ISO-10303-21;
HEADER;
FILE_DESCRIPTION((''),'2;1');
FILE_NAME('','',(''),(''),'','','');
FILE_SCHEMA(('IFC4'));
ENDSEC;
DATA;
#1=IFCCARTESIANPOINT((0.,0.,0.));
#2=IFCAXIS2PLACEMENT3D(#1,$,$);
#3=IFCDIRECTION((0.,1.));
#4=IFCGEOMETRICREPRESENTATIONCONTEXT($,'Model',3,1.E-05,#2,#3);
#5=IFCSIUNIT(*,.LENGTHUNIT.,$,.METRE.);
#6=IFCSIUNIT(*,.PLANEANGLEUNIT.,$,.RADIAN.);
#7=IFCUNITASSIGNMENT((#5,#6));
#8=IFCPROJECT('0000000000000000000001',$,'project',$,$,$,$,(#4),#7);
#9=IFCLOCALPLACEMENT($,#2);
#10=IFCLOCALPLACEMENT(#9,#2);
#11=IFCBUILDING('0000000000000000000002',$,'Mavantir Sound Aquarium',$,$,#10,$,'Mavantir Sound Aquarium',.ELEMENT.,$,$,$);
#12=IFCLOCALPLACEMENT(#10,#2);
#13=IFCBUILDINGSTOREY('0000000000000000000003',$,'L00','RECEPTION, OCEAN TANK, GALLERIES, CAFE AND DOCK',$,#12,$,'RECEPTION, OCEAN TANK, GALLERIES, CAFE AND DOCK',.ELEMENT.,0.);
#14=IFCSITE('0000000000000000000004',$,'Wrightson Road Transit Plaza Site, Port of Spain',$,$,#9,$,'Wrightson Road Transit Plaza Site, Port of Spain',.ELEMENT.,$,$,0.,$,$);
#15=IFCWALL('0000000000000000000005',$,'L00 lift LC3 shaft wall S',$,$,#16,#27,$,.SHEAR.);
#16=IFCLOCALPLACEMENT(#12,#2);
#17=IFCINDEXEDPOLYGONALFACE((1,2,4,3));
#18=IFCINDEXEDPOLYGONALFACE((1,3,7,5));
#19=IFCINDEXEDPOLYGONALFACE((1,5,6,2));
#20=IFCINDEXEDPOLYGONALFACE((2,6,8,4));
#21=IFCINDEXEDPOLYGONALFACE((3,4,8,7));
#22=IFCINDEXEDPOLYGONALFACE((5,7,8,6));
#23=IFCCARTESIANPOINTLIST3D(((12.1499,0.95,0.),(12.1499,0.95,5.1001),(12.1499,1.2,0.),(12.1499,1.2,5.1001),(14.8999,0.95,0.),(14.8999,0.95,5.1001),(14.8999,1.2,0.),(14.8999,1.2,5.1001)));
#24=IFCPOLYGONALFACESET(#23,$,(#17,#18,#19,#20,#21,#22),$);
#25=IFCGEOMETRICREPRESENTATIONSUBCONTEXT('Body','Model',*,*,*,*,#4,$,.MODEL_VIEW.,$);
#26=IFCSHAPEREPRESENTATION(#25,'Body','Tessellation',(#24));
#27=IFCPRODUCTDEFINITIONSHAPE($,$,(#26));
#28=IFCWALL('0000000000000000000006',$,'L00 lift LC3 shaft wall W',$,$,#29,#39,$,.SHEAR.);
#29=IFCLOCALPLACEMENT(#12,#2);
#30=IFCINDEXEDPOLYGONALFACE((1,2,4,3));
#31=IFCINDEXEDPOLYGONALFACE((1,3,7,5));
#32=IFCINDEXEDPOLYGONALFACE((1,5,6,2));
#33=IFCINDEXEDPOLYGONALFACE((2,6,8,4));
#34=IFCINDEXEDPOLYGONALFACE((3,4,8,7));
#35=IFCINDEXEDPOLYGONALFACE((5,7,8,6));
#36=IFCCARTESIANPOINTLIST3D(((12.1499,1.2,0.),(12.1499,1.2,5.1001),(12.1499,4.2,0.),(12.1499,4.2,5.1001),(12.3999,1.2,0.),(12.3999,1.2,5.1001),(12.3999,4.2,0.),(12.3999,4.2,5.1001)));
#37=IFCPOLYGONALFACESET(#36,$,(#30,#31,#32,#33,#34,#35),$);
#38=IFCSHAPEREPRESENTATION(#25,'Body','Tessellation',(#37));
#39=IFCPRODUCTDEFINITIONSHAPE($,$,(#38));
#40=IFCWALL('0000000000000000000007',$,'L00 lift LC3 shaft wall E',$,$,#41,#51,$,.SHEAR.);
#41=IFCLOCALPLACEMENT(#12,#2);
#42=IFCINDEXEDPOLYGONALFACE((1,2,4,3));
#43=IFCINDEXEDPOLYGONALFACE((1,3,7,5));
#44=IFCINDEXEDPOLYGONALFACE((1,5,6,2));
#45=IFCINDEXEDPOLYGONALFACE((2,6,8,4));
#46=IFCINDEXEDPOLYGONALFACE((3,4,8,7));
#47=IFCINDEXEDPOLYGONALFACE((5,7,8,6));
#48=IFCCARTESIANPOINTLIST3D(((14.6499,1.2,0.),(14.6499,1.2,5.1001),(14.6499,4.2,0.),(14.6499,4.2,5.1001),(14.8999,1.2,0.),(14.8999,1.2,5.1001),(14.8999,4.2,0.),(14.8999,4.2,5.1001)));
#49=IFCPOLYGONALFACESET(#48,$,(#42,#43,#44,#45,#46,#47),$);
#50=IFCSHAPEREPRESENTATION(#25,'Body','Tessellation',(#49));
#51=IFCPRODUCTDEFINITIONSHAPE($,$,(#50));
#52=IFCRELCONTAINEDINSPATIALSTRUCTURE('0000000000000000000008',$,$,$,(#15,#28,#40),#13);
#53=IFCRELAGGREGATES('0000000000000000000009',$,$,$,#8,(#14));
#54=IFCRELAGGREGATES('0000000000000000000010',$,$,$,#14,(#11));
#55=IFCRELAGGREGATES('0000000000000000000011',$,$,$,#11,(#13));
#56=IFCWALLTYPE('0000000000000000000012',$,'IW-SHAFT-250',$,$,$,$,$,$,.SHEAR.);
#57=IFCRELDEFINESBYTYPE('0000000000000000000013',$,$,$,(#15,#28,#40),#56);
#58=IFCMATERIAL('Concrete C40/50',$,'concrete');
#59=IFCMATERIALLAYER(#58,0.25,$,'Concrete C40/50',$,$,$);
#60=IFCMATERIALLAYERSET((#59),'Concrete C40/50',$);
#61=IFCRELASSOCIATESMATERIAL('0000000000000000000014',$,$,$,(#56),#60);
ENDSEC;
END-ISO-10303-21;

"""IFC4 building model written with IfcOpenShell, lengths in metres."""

from ifc_helpers import new_model, si_unit, direction, frame, frame_2d, origin, place, context, subcontext, project, spatial, rectangle, extrude, material, layer, layer_set, type_object, element, save


model = new_model("IFC4")

# Units and contexts
model_context = context("Model", 3, precision=1e-05, world=origin(), true_north=direction((0.0, 1.0)))
body_context = subcontext(model_context, "Body", "Model", "MODEL_VIEW")
ifc_project = project(units=[si_unit("LENGTHUNIT", "METRE"), si_unit("PLANEANGLEUNIT", "RADIAN")], contexts=[model_context])

# Site, building, storey
site_placement = place(None, origin())
site = spatial("IfcSite", under=ifc_project, at=site_placement, Name="Wrightson Road Transit Plaza Site, Port of Spain", LongName="Wrightson Road Transit Plaza Site, Port of Spain", CompositionType="ELEMENT", RefElevation=0.0)
building_placement = place(site_placement, origin())
building = spatial("IfcBuilding", under=site, at=building_placement, Name="Mavantir Sound Aquarium", LongName="Mavantir Sound Aquarium", CompositionType="ELEMENT")
storey_placement = place(building_placement, origin())
storey = spatial("IfcBuildingStorey", under=building, at=storey_placement, Name="L00", Description="RECEPTION, OCEAN TANK, GALLERIES, CAFE AND DOCK", LongName="RECEPTION, OCEAN TANK, GALLERIES, CAFE AND DOCK", CompositionType="ELEMENT", Elevation=0.0)

# Shared definitions
ifc_material_1 = material(Name="Concrete C40/50", Category="concrete")

# Walls
ifc_layer_1 = layer(ifc_material_1, 0.25, Name="Concrete C40/50")
ifc_layer_set_1 = layer_set([ifc_layer_1], Name="Concrete C40/50")
wall_type_1 = type_object("IfcWallType", Name="IW-SHAFT-250", PredefinedType="SHEAR", material=ifc_layer_set_1)
wall_1_placement = place(storey_placement, frame((12.1499, 1.075, 0.0), z_axis=(0.0, 0.0, 1.0), x_axis=(1.0, 0.0, 0.0)))
element("IfcWall", 1, at=wall_1_placement, inside=storey, type_object=wall_type_1, Name="L00 lift LC3 shaft wall S", PredefinedType="SHEAR", context=body_context, shape_type="SweptSolid", body=[
    extrude(rectangle(XDim=2.75, YDim=0.25, at=frame_2d((1.375, 0.0))), origin(), (0.0, 0.0, 1.0), 5.1001),
])
for number, where, z_axis, x_axis, name in (
    (2, (12.2749, 1.2, 0.0), (0.0, 0.0, 1.0), (0.0, 1.0, 0.0), "L00 lift LC3 shaft wall W"),
    (3, (14.7749, 1.2, 0.0), (0.0, 0.0, 1.0), (0.0, 1.0, 0.0), "L00 lift LC3 shaft wall E"),
):
    element("IfcWall", number, at=place(storey_placement, frame(where, z_axis=z_axis, x_axis=x_axis)), inside=storey, type_object=wall_type_1, Name=name, PredefinedType="SHEAR", context=body_context, shape_type="SweptSolid", body=[
        extrude(rectangle(XDim=3.0, YDim=0.25, at=frame_2d((1.5, 0.0))), origin(), (0.0, 0.0, 1.0), 5.1001),
    ])

save(model, "model.ifc")
